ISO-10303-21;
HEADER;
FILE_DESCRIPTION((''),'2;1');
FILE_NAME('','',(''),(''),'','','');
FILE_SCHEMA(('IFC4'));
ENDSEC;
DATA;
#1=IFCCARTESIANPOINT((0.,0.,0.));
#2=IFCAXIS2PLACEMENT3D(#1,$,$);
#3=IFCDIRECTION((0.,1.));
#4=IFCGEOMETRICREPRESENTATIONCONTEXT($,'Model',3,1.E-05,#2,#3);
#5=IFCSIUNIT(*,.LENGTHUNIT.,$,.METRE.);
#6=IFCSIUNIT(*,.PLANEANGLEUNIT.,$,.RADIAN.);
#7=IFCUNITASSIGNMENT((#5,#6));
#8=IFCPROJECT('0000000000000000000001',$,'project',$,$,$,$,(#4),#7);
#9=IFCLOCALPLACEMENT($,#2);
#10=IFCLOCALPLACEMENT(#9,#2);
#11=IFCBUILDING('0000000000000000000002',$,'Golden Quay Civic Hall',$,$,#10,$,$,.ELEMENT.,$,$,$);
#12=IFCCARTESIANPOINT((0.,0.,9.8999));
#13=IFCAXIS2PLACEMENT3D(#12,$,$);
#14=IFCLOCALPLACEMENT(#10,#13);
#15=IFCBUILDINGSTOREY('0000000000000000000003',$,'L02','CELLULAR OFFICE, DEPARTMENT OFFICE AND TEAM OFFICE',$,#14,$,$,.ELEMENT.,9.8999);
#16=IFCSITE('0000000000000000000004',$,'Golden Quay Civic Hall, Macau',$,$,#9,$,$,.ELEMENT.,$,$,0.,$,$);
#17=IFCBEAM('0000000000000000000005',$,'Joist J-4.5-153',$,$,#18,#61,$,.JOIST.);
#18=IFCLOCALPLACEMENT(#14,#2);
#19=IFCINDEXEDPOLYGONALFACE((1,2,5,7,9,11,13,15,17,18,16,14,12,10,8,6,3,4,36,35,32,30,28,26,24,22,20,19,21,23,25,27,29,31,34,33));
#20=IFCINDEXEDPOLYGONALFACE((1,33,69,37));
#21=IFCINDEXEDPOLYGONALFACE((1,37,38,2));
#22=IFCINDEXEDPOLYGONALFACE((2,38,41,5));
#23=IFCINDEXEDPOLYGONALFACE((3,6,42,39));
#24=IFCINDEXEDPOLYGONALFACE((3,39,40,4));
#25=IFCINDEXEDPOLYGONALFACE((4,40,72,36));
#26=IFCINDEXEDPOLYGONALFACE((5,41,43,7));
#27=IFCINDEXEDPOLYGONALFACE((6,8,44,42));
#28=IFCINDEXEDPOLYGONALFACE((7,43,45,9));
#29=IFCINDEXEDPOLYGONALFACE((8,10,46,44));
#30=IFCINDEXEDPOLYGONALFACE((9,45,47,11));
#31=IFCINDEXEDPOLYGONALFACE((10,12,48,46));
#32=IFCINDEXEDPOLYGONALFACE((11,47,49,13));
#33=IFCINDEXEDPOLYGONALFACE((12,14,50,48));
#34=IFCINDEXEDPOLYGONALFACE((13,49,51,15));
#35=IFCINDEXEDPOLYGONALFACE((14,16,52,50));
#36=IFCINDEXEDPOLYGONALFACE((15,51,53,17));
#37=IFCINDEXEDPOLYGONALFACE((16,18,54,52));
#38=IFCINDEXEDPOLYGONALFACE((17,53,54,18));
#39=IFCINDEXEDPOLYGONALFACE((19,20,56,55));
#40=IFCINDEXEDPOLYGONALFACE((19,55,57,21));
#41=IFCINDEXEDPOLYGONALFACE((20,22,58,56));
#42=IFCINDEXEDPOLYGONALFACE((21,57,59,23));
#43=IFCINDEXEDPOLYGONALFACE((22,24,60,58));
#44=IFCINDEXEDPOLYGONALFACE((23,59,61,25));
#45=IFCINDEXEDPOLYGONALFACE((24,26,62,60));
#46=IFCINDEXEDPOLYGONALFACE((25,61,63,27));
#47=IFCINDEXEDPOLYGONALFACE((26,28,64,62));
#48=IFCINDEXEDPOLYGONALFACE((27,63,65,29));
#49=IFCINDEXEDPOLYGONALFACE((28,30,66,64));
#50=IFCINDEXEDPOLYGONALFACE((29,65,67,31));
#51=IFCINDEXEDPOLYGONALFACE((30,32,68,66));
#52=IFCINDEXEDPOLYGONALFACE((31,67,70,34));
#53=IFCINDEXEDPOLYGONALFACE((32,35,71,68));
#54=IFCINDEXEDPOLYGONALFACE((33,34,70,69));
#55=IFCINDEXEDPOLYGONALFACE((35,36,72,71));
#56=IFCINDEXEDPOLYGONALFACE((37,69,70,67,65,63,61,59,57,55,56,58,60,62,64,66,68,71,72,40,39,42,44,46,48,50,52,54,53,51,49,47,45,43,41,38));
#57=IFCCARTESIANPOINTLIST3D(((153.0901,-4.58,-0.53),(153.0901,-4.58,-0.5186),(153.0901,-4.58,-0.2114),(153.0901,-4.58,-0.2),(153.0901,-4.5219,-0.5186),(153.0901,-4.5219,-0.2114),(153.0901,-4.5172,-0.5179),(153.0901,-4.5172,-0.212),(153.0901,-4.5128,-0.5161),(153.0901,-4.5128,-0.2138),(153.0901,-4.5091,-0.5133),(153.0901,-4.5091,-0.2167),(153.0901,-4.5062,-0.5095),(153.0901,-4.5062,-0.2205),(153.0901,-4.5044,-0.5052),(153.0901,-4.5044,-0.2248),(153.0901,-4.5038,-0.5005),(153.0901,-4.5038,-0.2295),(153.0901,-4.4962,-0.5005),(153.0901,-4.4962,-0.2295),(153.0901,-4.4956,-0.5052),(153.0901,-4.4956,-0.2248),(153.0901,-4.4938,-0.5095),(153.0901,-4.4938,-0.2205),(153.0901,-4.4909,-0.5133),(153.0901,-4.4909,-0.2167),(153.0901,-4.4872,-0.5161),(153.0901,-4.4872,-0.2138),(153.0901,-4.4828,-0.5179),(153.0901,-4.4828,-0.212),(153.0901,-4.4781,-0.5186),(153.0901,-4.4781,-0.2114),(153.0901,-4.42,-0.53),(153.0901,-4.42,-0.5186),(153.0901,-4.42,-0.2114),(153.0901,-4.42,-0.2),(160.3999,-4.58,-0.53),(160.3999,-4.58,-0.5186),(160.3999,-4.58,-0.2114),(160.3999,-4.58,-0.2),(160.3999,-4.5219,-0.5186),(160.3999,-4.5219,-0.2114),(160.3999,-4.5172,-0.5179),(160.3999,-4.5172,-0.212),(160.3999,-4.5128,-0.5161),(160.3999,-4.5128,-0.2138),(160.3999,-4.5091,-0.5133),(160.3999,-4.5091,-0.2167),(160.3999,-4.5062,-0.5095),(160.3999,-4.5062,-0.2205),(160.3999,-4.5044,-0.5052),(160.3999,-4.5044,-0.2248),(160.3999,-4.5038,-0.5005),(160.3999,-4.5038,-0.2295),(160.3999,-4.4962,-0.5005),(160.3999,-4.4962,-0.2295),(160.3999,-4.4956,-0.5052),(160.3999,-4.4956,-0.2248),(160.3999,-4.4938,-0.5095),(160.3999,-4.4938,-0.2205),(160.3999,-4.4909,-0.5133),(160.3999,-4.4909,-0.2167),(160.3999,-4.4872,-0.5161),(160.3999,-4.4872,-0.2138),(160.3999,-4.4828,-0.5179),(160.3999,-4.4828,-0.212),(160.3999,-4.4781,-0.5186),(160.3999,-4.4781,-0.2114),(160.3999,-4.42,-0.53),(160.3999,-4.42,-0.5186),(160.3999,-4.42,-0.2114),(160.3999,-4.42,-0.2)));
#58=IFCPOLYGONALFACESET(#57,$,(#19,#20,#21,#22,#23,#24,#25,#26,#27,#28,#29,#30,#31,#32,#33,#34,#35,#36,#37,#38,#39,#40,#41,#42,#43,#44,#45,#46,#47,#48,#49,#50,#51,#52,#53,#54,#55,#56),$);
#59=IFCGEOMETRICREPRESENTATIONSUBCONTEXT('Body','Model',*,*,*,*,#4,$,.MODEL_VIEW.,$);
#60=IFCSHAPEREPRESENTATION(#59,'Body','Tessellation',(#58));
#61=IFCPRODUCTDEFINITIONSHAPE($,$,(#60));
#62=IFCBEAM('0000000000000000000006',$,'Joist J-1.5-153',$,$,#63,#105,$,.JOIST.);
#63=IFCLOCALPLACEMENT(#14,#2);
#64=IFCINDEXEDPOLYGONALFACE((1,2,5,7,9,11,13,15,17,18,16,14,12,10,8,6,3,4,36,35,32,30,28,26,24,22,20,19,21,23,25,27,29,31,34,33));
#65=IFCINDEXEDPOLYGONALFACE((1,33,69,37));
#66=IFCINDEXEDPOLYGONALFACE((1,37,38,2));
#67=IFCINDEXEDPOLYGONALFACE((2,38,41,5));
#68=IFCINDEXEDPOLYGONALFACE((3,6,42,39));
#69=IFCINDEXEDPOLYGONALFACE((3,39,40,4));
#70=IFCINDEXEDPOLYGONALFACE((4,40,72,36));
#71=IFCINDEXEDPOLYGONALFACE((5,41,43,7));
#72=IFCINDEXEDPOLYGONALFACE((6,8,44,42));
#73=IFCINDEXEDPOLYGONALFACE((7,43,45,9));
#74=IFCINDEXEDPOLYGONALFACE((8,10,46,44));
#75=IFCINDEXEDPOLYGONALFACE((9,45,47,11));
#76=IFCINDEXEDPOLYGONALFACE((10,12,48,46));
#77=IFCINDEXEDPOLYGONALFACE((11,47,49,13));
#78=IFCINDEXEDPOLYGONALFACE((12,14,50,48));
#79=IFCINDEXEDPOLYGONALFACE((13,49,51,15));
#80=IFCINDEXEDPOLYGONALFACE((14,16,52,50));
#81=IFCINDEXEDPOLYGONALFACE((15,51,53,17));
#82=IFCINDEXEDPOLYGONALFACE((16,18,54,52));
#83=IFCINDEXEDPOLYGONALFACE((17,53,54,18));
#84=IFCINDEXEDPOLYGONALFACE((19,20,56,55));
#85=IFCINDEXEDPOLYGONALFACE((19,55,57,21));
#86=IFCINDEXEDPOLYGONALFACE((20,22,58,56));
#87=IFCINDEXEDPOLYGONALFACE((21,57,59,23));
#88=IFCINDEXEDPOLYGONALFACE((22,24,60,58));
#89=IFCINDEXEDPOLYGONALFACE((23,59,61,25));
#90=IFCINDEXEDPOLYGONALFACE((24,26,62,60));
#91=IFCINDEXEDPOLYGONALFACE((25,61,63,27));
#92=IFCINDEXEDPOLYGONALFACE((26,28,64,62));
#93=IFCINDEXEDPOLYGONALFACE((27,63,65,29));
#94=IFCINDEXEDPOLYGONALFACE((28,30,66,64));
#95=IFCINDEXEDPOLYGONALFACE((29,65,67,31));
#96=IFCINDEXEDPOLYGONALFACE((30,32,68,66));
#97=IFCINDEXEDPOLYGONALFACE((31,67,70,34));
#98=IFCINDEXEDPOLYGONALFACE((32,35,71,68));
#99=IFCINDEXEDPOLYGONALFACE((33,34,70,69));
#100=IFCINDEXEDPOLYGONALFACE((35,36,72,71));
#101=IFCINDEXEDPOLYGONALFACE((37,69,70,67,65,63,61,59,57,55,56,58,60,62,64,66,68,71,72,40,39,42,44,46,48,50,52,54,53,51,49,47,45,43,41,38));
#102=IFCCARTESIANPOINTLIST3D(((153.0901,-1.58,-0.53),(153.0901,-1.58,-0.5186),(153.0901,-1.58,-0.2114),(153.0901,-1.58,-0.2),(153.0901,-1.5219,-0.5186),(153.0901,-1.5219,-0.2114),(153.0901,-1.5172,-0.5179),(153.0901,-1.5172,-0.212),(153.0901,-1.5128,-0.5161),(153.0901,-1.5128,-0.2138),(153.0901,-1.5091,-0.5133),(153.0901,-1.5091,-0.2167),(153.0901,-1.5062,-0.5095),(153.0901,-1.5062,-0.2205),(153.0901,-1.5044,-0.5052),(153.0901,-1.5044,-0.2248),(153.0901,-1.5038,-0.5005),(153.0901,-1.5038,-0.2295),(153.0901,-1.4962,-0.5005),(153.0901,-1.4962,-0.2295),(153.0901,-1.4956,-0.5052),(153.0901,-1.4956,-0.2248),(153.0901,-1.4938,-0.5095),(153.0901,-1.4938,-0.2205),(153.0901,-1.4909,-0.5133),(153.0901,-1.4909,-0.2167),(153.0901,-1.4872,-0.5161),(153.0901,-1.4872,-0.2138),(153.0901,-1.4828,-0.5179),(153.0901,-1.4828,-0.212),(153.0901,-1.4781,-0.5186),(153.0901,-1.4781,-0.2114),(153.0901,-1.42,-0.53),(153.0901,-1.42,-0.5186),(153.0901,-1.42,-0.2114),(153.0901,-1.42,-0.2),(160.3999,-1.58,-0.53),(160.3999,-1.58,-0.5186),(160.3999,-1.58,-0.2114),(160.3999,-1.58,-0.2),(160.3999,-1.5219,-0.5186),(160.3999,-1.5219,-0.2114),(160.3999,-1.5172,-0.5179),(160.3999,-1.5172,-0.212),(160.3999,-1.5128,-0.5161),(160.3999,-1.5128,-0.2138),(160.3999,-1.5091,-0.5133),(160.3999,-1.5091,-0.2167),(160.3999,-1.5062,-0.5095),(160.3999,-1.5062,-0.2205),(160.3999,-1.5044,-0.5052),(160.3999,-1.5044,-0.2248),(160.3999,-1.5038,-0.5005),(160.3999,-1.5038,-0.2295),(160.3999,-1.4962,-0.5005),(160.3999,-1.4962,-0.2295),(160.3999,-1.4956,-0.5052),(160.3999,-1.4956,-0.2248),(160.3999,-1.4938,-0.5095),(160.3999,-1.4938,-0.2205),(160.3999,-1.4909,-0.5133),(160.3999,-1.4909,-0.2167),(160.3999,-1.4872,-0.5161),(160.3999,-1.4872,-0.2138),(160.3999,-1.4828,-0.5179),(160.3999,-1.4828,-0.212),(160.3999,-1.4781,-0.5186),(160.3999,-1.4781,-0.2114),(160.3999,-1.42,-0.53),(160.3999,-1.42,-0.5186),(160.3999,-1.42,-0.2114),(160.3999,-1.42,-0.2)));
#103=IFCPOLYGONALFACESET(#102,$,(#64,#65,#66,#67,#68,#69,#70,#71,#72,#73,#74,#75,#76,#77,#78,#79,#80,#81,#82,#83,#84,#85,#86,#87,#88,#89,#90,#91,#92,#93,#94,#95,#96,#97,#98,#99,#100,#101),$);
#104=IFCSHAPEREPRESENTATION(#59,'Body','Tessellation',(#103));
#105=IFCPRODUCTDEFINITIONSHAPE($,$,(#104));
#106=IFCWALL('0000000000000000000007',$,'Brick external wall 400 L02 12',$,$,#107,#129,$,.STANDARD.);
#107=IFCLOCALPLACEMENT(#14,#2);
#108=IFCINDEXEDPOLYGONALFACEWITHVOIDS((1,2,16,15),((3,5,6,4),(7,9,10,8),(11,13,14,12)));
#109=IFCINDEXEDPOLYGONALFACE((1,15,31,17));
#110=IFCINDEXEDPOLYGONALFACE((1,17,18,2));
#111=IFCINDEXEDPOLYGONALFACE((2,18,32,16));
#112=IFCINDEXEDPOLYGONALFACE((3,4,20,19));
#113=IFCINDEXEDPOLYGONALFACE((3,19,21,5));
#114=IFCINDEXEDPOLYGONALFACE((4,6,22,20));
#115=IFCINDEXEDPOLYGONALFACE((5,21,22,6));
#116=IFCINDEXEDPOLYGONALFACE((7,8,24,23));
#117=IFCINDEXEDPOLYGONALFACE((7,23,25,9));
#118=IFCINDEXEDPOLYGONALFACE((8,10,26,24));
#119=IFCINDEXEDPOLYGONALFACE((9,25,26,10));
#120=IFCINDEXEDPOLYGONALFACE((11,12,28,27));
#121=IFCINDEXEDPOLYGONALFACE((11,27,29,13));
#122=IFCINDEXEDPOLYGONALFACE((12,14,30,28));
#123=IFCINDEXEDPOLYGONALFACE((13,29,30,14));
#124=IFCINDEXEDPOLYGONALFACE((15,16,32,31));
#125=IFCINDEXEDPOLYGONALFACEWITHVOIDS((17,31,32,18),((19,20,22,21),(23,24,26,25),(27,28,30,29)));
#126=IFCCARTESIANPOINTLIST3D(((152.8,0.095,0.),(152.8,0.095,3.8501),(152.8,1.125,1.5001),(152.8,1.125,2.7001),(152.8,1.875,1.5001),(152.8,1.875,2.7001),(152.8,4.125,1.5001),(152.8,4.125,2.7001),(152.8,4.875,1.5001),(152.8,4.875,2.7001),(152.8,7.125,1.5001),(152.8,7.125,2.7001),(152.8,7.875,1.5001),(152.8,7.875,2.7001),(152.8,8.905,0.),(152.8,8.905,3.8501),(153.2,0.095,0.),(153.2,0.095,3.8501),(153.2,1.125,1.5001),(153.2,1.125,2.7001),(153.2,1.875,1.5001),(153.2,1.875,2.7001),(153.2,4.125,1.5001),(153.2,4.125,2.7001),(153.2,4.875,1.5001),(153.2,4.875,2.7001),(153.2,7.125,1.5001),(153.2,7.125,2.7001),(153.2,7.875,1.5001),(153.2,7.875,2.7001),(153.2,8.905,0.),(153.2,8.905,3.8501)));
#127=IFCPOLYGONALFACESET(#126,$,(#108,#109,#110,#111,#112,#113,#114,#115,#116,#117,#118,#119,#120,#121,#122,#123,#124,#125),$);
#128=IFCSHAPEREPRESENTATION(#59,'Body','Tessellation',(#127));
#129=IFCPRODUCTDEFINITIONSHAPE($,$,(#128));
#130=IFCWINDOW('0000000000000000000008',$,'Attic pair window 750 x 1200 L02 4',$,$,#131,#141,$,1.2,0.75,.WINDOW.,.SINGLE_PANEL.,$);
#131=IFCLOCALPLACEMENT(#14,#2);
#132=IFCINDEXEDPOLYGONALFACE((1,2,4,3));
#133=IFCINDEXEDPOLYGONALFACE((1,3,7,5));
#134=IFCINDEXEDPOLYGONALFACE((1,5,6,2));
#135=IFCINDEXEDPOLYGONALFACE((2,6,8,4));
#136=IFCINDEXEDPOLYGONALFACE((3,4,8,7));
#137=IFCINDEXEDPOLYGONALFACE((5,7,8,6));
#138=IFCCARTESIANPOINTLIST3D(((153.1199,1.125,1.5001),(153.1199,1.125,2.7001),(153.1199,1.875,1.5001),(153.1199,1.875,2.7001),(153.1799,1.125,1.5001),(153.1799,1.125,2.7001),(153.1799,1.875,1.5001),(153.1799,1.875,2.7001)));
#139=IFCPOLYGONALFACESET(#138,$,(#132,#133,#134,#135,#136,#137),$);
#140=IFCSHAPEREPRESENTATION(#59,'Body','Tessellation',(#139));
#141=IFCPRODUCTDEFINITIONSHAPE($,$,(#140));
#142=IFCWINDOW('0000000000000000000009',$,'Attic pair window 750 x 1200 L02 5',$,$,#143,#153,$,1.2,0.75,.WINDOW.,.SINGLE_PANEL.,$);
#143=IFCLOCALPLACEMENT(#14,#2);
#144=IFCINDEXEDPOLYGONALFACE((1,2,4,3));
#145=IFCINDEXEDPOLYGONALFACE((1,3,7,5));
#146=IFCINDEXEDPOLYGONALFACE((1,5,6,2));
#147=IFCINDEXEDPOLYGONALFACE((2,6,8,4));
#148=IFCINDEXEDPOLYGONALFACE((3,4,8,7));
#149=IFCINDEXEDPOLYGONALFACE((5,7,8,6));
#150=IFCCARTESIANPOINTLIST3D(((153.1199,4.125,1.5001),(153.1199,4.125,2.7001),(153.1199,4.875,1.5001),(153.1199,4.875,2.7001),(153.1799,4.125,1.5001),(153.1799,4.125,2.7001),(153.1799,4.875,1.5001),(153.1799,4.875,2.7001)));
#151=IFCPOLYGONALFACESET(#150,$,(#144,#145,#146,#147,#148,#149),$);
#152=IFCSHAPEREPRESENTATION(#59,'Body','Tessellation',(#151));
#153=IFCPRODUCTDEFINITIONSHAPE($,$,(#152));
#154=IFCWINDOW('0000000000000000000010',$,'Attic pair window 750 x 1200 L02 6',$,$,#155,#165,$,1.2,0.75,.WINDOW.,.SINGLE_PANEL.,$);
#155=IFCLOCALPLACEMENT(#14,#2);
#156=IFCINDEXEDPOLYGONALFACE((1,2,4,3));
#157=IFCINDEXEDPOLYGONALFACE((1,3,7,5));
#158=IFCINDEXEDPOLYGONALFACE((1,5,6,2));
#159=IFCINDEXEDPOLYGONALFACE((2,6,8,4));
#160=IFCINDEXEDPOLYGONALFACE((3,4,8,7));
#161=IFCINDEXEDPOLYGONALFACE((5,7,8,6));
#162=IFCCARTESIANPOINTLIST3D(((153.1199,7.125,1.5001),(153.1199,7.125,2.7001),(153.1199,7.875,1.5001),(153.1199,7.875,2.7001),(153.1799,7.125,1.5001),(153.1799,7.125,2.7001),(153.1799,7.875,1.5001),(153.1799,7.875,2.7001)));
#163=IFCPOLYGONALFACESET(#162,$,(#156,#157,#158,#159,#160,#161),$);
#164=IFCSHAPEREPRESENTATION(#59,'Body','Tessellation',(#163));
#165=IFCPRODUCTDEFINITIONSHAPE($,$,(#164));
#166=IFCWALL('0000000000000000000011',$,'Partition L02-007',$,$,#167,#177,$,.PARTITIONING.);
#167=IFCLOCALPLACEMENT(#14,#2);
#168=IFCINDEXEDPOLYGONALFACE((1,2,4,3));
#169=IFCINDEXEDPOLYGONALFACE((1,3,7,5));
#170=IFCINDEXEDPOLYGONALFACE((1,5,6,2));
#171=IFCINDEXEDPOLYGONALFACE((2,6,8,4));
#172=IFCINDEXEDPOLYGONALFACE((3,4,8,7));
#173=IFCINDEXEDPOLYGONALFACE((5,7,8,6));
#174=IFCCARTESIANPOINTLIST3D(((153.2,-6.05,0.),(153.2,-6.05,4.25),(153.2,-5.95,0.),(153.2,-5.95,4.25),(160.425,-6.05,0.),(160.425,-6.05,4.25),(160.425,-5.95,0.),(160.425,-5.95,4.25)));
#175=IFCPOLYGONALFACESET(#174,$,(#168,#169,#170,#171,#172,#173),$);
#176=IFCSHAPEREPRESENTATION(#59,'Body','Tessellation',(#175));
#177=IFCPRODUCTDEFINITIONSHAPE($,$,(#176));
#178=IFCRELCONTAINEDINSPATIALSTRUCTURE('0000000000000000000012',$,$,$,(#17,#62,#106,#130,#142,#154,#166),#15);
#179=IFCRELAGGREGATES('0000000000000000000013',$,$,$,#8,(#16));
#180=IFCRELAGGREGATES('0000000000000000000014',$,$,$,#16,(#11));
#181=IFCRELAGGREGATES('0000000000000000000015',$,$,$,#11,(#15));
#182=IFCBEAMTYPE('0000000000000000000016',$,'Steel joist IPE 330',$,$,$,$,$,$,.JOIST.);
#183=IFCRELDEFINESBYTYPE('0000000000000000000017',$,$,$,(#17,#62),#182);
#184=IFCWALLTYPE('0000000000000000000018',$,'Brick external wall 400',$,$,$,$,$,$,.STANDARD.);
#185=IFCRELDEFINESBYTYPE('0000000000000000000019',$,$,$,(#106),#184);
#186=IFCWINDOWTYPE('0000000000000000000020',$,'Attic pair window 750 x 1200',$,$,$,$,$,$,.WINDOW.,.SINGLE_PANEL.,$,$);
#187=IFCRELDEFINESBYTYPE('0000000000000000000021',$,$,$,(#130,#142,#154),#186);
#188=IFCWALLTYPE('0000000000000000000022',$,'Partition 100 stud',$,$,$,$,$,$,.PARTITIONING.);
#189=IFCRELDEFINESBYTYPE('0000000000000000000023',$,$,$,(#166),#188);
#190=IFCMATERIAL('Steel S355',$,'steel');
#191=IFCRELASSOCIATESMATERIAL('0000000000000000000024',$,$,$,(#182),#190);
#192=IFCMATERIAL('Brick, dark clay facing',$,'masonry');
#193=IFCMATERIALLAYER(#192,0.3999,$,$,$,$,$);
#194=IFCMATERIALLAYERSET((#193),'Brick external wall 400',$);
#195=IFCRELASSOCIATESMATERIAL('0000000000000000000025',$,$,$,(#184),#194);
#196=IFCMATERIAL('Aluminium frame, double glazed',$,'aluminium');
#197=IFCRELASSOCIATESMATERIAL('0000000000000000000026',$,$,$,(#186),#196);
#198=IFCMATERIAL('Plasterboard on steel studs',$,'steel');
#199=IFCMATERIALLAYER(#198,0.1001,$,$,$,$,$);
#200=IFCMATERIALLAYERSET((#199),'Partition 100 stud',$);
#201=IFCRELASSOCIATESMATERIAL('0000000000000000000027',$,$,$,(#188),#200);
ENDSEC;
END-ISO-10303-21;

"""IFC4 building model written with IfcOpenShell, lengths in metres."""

from ifc_helpers import new_model, si_unit, direction, frame, frame_2d, origin, origin_2d, place, context, subcontext, project, spatial, rectangle, i_section, extrude, material, layer, layer_set, material_profile, profile_set, type_object, element, fill, save


model = new_model("IFC4")

# Units and contexts
model_context = context("Model", 3, precision=1e-05, world=origin(), true_north=direction((0.0, 1.0)))
body_context = subcontext(model_context, "Body", "Model", "MODEL_VIEW")
ifc_project = project(units=[si_unit("LENGTHUNIT", "METRE"), si_unit("PLANEANGLEUNIT", "RADIAN")], contexts=[model_context])

# Site, building, storey
site_placement = place(None, origin())
site = spatial("IfcSite", under=ifc_project, at=site_placement, Name="Golden Quay Civic Hall, Macau", CompositionType="ELEMENT", RefElevation=0.0)
building_placement = place(site_placement, origin())
building = spatial("IfcBuilding", under=site, at=building_placement, Name="Golden Quay Civic Hall", CompositionType="ELEMENT")
storey_placement = place(building_placement, frame((0.0, 0.0, 9.8999)))
storey = spatial("IfcBuildingStorey", under=building, at=storey_placement, Name="L02", Description="CELLULAR OFFICE, DEPARTMENT OFFICE AND TEAM OFFICE", CompositionType="ELEMENT", Elevation=9.8999)

# Beams
ifc_material_1 = material(Name="Steel S355", Category="steel")
ifc_material_profile_1 = material_profile(ifc_material_1, i_section(OverallWidth=0.1599, OverallDepth=0.3301, WebThickness=0.0076, FlangeThickness=0.0115, FilletRadius=0.0181, at=origin_2d()), Name="IPE 330")
ifc_profile_set_1 = profile_set([ifc_material_profile_1], Name="Steel S355")
beam_type_1 = type_object("IfcBeamType", Name="Steel joist IPE 330", PredefinedType="JOIST", material=ifc_profile_set_1)
for number, where, z_axis, x_axis, name in (
    (1, (153.0901, -4.5, -0.365), (1.0, 0.0, 0.0), (0.0, 1.0, 0.0), "Joist J-4.5-153"),
    (2, (153.0901, -1.5, -0.365), (1.0, 0.0, 0.0), (0.0, 1.0, 0.0), "Joist J-1.5-153"),
):
    element("IfcBeam", number, at=place(storey_placement, frame(where, z_axis=z_axis, x_axis=x_axis)), inside=storey, type_object=beam_type_1, Name=name, PredefinedType="JOIST", context=body_context, shape_type="SweptSolid", body=[
        extrude(i_section(OverallWidth=0.1599, OverallDepth=0.3301, WebThickness=0.0076, FlangeThickness=0.0115, FilletRadius=0.0181, at=origin_2d()), origin(), (0.0, 0.0, 1.0), 7.3098),
    ])

# Wall, openings, windows
ifc_material_2 = material(Name="Brick, dark clay facing", Category="masonry")
ifc_layer_1 = layer(ifc_material_2, 0.3999)
ifc_layer_set_1 = layer_set([ifc_layer_1], Name="Brick external wall 400")
wall_type_1 = type_object("IfcWallType", Name="Brick external wall 400", PredefinedType="STANDARD", material=ifc_layer_set_1)
wall_1_placement = place(storey_placement, frame((153.0, 0.095, 0.0), z_axis=(0.0, 0.0, 1.0), x_axis=(0.0, 1.0, 0.0)))
wall_1 = element("IfcWall", 3, at=wall_1_placement, inside=storey, type_object=wall_type_1, Name="Brick external wall 400 L02 12", PredefinedType="STANDARD", context=body_context, shape_type="SweptSolid", body=[
    extrude(rectangle(XDim=8.8101, YDim=0.3999, at=frame_2d((4.405, 0.0))), origin(), (0.0, 0.0, 1.0), 3.8501),
])
opening_1_placement = place(wall_1_placement, frame((1.03, 0.0, 1.5)))
opening_1 = element("IfcOpeningElement", 4, at=opening_1_placement, cuts=wall_1, PredefinedType="OPENING", context=body_context, shape_type="SweptSolid", body=[
    extrude(rectangle(XDim=0.75, YDim=1.2, at=frame_2d((0.375, 0.6001))), frame((0.0, 0.21, 0.0), z_axis=(0.0, -1.0, 0.0), x_axis=(1.0, 0.0, 0.0)), (0.0, 0.0, 1.0), 0.4199),
])
opening_2_placement = place(wall_1_placement, frame((4.03, 0.0, 1.5)))
opening_2 = element("IfcOpeningElement", 5, at=opening_2_placement, cuts=wall_1, PredefinedType="OPENING", context=body_context, shape_type="SweptSolid", body=[
    extrude(rectangle(XDim=0.75, YDim=1.2, at=frame_2d((0.375, 0.6001))), frame((0.0, 0.21, 0.0), z_axis=(0.0, -1.0, 0.0), x_axis=(1.0, 0.0, 0.0)), (0.0, 0.0, 1.0), 0.4199),
])
opening_3_placement = place(wall_1_placement, frame((7.03, 0.0, 1.5)))
opening_3 = element("IfcOpeningElement", 6, at=opening_3_placement, cuts=wall_1, PredefinedType="OPENING", context=body_context, shape_type="SweptSolid", body=[
    extrude(rectangle(XDim=0.75, YDim=1.2, at=frame_2d((0.375, 0.6001))), frame((0.0, 0.21, 0.0), z_axis=(0.0, -1.0, 0.0), x_axis=(1.0, 0.0, 0.0)), (0.0, 0.0, 1.0), 0.4199),
])
ifc_material_3 = material(Name="Aluminium frame, double glazed", Category="aluminium")
window_type = type_object("IfcWindowType", Name="Attic pair window 750 x 1200", PartitioningType="SINGLE_PANEL", PredefinedType="WINDOW", material=ifc_material_3)
window_1_placement = place(opening_1_placement, origin())
window_1 = element("IfcWindow", 7, at=window_1_placement, inside=storey, type_object=window_type, Name="Attic pair window 750 x 1200 L02 4", OverallHeight=1.2, OverallWidth=0.75, PartitioningType="SINGLE_PANEL", PredefinedType="WINDOW", context=body_context, shape_type="SweptSolid", body=[
    extrude(rectangle(XDim=0.75, YDim=1.2, at=frame_2d((0.375, 0.6001))), frame((0.0, -0.1199, 0.0), z_axis=(0.0, -1.0, 0.0), x_axis=(1.0, 0.0, 0.0)), (0.0, 0.0, 1.0), 0.0601),
])
fill(opening_1, window_1)
window_2_placement = place(opening_2_placement, origin())
window_2 = element("IfcWindow", 8, at=window_2_placement, inside=storey, type_object=window_type, Name="Attic pair window 750 x 1200 L02 5", OverallHeight=1.2, OverallWidth=0.75, PartitioningType="SINGLE_PANEL", PredefinedType="WINDOW", context=body_context, shape_type="SweptSolid", body=[
    extrude(rectangle(XDim=0.75, YDim=1.2, at=frame_2d((0.375, 0.6001))), frame((0.0, -0.1199, 0.0), z_axis=(0.0, -1.0, 0.0), x_axis=(1.0, 0.0, 0.0)), (0.0, 0.0, 1.0), 0.0601),
])
fill(opening_2, window_2)
window_3_placement = place(opening_3_placement, origin())
window_3 = element("IfcWindow", 9, at=window_3_placement, inside=storey, type_object=window_type, Name="Attic pair window 750 x 1200 L02 6", OverallHeight=1.2, OverallWidth=0.75, PartitioningType="SINGLE_PANEL", PredefinedType="WINDOW", context=body_context, shape_type="SweptSolid", body=[
    extrude(rectangle(XDim=0.75, YDim=1.2, at=frame_2d((0.375, 0.6001))), frame((0.0, -0.1199, 0.0), z_axis=(0.0, -1.0, 0.0), x_axis=(1.0, 0.0, 0.0)), (0.0, 0.0, 1.0), 0.0601),
])
fill(opening_3, window_3)

# Wall
ifc_material_4 = material(Name="Plasterboard on steel studs", Category="steel")
ifc_layer_2 = layer(ifc_material_4, 0.1001)
ifc_layer_set_2 = layer_set([ifc_layer_2], Name="Partition 100 stud")
wall_type_2 = type_object("IfcWallType", Name="Partition 100 stud", PredefinedType="PARTITIONING", material=ifc_layer_set_2)
wall_2_placement = place(storey_placement, frame((153.2, -6.0, 0.0), z_axis=(0.0, 0.0, 1.0), x_axis=(1.0, 0.0, 0.0)))
element("IfcWall", 10, at=wall_2_placement, inside=storey, type_object=wall_type_2, Name="Partition L02-007", PredefinedType="PARTITIONING", context=body_context, shape_type="SweptSolid", body=[
    extrude(rectangle(XDim=7.2251, YDim=0.1001, at=frame_2d((3.6125, 0.0))), origin(), (0.0, 0.0, 1.0), 4.25),
])

save(model, "model.ifc")
